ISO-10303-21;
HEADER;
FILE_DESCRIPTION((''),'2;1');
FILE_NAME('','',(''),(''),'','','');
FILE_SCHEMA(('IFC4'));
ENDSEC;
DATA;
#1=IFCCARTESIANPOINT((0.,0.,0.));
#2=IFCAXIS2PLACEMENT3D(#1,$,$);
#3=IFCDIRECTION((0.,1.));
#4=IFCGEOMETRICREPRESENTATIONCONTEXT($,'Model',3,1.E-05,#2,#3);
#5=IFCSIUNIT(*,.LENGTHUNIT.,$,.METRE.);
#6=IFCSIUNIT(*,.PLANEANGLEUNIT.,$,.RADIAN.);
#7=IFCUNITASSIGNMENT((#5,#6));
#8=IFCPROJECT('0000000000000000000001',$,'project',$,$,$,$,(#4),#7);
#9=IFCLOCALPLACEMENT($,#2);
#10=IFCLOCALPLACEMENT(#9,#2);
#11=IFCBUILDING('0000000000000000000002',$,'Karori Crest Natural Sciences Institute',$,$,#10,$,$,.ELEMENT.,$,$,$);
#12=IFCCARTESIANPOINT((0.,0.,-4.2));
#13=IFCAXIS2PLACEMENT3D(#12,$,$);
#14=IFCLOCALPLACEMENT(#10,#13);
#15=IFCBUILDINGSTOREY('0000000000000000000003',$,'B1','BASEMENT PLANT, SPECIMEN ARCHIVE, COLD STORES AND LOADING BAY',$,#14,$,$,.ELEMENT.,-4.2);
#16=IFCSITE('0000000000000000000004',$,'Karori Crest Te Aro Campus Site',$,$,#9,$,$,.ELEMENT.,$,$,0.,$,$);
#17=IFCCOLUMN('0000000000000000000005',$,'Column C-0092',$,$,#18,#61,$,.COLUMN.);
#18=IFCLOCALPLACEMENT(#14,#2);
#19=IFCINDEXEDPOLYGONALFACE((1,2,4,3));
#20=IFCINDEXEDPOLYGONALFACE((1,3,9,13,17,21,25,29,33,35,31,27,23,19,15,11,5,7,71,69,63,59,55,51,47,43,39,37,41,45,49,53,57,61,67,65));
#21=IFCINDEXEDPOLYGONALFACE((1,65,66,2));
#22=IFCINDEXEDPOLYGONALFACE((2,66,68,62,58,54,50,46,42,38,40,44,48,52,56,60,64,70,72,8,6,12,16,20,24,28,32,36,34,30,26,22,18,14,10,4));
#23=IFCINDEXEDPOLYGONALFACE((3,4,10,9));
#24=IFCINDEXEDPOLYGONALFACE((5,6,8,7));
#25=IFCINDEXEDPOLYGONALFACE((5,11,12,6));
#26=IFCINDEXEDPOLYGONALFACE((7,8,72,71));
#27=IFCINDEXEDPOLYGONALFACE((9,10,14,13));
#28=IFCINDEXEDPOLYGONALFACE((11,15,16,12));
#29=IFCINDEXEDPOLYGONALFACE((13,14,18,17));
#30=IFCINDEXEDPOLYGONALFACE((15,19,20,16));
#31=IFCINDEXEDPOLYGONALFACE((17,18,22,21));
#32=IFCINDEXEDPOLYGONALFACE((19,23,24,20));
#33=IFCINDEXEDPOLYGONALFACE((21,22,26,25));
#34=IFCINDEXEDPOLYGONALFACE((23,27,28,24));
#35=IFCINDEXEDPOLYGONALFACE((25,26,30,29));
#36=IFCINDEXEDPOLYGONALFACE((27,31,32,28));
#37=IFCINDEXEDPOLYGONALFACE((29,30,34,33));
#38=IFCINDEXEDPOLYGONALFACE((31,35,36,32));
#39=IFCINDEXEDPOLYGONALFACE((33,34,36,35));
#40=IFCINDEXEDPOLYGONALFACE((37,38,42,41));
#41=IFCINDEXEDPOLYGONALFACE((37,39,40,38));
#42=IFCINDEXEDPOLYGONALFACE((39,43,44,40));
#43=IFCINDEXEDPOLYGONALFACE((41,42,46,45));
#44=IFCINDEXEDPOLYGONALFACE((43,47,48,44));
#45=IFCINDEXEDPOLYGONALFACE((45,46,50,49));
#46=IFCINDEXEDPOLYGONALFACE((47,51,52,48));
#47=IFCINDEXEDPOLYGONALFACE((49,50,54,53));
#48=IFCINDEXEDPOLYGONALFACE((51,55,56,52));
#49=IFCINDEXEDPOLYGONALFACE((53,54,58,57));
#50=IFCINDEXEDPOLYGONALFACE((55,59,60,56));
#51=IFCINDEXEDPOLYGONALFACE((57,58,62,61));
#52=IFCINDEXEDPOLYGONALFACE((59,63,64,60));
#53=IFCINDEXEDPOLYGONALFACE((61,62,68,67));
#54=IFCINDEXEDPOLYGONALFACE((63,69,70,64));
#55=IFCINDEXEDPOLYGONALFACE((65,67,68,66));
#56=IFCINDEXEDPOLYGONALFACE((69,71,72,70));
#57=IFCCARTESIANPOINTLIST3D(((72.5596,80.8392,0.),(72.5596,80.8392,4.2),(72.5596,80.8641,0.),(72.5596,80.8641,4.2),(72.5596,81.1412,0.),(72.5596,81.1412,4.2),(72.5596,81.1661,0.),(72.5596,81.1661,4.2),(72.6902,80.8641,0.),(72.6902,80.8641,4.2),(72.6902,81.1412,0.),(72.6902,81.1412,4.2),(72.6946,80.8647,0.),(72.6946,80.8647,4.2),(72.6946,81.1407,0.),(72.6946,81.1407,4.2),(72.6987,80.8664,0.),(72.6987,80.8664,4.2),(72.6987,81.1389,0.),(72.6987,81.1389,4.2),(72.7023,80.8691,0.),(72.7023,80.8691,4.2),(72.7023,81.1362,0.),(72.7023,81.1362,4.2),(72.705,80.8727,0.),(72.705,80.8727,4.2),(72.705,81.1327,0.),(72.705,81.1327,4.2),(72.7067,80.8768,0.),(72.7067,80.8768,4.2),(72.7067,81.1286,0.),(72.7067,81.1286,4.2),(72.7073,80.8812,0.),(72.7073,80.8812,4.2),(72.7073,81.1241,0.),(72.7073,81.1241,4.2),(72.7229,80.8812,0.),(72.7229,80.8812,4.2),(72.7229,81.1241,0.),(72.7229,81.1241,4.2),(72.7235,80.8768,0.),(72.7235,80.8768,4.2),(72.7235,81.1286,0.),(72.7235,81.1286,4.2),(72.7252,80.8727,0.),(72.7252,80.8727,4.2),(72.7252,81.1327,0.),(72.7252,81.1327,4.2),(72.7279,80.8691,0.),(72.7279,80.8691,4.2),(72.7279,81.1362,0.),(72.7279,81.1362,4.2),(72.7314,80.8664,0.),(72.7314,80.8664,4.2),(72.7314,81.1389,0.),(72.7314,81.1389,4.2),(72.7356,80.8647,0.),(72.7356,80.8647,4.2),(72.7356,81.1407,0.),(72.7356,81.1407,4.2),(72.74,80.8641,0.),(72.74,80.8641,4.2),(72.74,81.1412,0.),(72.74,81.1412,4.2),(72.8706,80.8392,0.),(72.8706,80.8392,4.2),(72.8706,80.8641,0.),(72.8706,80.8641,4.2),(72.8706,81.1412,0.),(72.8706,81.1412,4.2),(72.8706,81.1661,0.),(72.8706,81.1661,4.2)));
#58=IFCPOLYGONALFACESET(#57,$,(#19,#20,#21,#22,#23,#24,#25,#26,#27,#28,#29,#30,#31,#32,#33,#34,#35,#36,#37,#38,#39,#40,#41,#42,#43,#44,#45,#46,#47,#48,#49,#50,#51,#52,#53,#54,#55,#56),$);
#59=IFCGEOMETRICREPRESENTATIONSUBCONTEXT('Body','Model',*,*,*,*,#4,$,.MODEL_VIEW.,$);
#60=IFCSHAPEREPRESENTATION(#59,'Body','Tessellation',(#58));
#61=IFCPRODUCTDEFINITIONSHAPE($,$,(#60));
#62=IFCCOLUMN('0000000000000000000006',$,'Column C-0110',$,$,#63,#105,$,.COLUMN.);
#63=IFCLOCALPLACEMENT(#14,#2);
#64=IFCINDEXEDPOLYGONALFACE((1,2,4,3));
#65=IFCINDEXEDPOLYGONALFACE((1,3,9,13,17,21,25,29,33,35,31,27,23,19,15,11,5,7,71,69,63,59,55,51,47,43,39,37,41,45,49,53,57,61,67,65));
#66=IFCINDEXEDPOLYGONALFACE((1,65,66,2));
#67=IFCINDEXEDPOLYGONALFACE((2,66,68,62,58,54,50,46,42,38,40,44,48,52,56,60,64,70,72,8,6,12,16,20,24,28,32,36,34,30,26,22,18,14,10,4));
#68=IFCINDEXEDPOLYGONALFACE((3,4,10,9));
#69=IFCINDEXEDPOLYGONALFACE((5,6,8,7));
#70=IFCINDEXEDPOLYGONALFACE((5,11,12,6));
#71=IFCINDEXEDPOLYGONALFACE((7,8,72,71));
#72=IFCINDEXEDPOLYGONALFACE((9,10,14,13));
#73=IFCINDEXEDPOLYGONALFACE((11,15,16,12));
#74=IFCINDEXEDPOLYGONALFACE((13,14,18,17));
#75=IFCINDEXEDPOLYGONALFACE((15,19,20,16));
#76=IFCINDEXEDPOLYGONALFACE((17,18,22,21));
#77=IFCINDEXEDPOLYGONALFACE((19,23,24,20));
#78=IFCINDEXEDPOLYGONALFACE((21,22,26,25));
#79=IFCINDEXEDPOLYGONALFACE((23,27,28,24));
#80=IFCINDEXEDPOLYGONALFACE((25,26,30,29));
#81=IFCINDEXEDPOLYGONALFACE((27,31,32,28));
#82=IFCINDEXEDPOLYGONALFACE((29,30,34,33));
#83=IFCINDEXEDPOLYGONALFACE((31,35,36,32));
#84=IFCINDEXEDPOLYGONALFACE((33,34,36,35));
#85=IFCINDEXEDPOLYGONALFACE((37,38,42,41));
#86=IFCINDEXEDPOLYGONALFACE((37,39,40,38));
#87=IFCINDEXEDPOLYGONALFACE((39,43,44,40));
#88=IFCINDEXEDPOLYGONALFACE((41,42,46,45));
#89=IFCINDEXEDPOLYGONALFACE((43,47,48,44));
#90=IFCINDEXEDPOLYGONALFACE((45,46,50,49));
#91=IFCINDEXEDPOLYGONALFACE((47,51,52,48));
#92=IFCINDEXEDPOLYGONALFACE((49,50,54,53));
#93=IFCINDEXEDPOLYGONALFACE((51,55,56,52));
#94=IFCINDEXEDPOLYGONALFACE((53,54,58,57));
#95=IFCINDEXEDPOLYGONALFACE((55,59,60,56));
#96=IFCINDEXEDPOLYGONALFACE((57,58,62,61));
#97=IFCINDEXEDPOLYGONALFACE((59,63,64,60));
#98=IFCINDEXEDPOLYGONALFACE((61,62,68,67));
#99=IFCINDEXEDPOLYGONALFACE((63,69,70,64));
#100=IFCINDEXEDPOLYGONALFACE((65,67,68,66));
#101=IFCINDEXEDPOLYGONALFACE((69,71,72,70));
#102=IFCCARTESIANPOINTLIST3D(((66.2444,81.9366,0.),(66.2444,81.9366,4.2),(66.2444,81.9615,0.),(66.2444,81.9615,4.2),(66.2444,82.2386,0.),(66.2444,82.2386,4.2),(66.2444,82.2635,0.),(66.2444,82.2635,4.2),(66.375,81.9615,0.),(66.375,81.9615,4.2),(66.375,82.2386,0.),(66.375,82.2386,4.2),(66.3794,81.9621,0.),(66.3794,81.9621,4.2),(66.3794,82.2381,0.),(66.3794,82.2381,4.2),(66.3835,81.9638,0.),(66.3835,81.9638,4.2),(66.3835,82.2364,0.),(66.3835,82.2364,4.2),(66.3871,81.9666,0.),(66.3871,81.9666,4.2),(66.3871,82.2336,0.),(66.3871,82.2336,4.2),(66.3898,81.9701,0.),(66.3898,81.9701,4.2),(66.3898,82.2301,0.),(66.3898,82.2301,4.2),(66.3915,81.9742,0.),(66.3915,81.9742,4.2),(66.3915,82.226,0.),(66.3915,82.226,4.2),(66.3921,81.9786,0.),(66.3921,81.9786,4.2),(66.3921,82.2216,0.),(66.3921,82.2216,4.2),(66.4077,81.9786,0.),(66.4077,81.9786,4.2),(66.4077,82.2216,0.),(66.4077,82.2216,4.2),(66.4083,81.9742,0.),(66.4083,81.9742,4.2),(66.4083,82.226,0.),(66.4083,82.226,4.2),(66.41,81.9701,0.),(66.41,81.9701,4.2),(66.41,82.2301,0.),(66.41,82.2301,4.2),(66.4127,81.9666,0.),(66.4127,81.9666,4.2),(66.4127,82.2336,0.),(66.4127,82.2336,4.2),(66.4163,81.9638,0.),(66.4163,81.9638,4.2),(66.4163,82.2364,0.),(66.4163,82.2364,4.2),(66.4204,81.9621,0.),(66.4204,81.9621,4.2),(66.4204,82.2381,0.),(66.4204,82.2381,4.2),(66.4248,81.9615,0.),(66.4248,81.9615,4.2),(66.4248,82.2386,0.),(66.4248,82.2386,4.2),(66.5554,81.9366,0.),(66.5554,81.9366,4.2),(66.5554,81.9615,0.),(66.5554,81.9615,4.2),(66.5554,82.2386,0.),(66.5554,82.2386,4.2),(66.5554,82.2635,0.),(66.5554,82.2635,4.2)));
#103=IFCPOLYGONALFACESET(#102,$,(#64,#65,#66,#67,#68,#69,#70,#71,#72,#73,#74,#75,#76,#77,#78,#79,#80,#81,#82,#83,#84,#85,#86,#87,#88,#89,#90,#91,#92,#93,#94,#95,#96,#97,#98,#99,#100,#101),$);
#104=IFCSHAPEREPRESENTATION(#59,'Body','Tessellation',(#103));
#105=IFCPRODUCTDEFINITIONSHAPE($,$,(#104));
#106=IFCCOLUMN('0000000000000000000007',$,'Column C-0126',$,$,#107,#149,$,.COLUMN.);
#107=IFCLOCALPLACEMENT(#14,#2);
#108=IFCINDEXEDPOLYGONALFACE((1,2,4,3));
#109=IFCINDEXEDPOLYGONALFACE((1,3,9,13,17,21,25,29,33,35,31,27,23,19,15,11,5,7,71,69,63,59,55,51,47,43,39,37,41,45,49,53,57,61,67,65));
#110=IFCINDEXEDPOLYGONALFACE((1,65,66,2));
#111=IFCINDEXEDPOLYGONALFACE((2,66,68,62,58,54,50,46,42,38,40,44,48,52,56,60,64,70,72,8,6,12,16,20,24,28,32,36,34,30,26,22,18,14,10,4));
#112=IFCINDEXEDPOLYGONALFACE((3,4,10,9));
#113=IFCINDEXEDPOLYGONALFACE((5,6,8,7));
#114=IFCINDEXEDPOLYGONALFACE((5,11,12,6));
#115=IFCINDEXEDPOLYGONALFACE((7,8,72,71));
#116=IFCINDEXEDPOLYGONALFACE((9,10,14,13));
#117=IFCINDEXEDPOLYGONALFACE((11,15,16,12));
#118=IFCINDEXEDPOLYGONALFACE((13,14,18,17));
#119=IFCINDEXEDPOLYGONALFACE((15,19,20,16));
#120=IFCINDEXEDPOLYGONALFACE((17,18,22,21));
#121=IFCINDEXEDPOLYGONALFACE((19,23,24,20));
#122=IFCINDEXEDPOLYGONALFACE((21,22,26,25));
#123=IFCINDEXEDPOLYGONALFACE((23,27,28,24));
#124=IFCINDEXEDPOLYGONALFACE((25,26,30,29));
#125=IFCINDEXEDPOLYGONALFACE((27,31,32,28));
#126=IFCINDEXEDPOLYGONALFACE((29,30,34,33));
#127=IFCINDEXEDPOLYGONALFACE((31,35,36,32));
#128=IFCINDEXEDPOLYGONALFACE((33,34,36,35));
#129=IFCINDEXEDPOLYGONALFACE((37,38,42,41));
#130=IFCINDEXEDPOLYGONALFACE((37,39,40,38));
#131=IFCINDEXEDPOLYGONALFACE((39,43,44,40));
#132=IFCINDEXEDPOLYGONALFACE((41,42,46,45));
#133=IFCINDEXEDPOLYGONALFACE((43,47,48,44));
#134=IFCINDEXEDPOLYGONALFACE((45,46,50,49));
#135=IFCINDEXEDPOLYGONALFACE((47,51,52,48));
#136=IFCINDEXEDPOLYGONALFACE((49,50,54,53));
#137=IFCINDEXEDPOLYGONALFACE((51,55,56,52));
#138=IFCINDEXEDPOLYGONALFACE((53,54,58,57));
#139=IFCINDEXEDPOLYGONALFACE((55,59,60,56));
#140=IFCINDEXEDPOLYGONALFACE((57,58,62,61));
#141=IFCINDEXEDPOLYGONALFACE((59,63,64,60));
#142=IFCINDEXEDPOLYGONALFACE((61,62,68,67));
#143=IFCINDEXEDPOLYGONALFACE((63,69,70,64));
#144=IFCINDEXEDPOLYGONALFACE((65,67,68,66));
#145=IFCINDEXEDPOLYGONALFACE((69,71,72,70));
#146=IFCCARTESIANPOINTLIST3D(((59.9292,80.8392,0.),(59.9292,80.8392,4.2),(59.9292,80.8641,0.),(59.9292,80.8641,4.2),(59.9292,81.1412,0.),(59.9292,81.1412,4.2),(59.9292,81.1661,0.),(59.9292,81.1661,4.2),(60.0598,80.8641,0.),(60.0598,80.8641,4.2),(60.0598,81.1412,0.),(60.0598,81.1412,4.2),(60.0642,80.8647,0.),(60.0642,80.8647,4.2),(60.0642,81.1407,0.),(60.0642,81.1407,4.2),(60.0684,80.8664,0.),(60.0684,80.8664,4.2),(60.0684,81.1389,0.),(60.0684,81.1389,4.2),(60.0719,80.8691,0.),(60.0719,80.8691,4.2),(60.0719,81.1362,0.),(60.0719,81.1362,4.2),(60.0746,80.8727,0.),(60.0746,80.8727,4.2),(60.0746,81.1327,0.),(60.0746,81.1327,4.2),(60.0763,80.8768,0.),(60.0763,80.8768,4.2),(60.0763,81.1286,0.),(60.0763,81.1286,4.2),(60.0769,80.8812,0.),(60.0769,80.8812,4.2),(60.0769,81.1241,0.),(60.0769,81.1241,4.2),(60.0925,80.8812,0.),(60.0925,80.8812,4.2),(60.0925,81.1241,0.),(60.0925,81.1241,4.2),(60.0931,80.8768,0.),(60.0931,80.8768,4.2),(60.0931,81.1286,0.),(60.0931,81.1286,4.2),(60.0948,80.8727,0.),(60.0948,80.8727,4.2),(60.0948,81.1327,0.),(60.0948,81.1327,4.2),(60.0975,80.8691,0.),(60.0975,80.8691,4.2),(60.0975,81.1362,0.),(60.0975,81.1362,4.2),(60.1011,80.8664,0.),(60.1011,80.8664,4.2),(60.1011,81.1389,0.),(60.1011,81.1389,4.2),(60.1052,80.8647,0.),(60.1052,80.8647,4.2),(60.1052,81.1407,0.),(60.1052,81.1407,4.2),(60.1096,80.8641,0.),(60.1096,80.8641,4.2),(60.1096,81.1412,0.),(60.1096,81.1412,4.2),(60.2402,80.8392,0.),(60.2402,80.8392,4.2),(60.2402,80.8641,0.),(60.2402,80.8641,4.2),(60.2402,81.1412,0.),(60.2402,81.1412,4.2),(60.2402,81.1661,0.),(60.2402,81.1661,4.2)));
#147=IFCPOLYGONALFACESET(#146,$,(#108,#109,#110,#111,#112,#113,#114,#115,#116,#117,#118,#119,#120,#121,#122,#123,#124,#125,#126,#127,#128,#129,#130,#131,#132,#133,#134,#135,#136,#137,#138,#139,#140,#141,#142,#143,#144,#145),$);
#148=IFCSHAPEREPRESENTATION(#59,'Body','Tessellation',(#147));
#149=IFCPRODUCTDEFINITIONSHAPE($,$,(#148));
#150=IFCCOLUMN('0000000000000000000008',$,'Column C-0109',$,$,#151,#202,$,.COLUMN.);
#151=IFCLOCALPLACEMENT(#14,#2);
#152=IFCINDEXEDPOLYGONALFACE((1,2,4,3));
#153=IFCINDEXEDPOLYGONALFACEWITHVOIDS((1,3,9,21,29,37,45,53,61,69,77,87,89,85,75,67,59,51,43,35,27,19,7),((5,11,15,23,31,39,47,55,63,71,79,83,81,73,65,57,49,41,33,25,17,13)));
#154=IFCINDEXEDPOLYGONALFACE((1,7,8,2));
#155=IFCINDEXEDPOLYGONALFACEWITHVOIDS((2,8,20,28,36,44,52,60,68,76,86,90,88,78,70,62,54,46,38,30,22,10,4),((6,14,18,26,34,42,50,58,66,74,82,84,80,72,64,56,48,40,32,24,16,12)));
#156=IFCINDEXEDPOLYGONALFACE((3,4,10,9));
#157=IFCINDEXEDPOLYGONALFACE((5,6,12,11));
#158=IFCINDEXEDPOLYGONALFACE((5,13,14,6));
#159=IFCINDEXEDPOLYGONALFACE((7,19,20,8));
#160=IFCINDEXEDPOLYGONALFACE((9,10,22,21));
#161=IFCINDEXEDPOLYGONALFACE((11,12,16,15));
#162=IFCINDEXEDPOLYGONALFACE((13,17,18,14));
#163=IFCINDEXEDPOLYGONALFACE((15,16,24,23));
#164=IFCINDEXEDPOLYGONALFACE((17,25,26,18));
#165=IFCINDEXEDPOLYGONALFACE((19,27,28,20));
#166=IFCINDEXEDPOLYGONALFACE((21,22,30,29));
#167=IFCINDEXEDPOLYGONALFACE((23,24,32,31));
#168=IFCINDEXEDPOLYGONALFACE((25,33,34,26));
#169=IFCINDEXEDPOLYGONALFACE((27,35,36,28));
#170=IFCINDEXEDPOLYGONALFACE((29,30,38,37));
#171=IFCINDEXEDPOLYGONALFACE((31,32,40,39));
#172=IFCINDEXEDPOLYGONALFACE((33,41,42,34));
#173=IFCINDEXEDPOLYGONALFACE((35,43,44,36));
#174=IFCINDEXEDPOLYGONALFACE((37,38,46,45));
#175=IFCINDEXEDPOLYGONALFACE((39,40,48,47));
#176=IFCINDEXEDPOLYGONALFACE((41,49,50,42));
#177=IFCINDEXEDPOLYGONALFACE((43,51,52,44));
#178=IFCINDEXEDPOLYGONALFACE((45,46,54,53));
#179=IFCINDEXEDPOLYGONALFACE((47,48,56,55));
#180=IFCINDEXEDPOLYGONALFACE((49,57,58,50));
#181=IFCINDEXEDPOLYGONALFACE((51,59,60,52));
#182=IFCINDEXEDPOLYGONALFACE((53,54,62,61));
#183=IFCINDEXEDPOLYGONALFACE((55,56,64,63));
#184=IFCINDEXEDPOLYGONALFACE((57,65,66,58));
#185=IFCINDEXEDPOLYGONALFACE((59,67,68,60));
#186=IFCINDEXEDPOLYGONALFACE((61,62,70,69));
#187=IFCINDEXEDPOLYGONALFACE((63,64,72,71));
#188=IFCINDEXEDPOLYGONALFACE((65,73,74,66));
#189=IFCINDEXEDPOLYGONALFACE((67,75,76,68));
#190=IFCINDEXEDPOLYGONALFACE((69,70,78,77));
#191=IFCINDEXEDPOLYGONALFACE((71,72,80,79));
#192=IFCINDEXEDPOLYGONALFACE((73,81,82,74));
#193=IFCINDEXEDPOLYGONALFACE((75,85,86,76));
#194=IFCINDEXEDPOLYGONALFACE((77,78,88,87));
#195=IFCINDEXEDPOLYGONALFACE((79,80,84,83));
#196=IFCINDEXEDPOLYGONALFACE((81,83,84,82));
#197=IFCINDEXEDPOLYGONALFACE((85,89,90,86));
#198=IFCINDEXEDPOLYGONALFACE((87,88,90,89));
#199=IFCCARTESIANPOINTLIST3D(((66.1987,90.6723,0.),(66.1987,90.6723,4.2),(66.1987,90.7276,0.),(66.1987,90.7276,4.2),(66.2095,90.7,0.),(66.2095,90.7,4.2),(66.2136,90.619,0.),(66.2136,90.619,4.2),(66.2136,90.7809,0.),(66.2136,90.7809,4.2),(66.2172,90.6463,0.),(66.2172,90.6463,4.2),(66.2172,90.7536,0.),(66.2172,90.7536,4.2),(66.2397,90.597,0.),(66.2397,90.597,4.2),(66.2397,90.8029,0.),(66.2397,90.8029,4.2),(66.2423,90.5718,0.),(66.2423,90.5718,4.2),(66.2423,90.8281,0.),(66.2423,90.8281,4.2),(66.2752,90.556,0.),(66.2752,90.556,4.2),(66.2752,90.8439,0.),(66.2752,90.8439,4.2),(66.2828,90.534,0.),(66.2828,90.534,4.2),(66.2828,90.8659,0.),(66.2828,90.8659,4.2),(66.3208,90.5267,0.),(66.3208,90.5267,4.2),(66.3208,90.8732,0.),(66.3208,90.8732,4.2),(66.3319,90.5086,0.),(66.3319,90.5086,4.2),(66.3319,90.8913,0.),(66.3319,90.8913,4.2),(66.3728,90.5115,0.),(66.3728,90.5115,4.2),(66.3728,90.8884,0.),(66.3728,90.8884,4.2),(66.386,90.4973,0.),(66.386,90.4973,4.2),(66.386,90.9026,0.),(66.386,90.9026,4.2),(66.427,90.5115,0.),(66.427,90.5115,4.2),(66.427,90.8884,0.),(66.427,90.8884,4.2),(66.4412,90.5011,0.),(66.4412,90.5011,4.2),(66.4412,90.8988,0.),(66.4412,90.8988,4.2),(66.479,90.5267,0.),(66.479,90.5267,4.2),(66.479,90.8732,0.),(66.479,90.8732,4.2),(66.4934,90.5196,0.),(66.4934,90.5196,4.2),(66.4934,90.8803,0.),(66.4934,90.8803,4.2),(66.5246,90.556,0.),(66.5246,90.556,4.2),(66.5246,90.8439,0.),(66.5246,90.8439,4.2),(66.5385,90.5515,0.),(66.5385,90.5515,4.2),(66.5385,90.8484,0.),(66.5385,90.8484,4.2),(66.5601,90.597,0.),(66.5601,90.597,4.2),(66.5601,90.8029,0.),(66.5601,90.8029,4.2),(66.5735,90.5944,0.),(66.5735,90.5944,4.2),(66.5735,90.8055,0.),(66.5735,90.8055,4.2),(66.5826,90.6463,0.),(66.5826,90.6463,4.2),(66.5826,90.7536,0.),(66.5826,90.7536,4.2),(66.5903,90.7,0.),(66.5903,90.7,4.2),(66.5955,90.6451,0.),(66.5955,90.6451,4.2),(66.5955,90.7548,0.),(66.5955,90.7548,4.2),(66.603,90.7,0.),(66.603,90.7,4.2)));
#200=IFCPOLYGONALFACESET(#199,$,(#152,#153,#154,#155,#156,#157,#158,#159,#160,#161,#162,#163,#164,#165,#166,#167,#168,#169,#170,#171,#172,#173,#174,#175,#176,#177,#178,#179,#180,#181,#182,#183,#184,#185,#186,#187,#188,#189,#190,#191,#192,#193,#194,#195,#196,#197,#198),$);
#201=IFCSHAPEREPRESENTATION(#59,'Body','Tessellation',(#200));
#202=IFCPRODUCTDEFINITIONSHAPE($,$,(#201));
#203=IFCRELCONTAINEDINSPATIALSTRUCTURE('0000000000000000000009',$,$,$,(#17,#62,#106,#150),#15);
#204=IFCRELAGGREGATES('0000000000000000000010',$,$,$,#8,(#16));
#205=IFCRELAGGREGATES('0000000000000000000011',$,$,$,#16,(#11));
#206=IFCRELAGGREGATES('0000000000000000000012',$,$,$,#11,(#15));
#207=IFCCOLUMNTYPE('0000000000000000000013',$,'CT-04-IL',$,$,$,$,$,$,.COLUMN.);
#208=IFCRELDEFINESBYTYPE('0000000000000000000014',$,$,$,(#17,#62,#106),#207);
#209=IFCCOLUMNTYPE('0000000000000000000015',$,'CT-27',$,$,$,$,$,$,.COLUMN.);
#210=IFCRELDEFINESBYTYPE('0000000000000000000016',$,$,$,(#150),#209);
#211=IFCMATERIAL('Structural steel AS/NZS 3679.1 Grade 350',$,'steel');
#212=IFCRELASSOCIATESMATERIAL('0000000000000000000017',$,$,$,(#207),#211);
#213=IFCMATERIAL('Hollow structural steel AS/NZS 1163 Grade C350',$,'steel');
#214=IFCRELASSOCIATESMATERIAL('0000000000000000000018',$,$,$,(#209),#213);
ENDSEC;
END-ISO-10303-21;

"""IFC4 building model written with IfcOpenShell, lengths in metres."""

from ifc_helpers import new_model, si_unit, direction, frame, origin, origin_2d, place, context, subcontext, project, spatial, hollow_circle, i_section, extrude, material, material_profile, profile_set, type_object, element, save


model = new_model("IFC4")

# Units and contexts
model_context = context("Model", 3, precision=1e-05, world=origin(), true_north=direction((0.0, 1.0)))
body_context = subcontext(model_context, "Body", "Model", "MODEL_VIEW")
ifc_project = project(units=[si_unit("LENGTHUNIT", "METRE"), si_unit("PLANEANGLEUNIT", "RADIAN")], contexts=[model_context])

# Site, building, storey
site_placement = place(None, origin())
site = spatial("IfcSite", under=ifc_project, at=site_placement, Name="Karori Crest Te Aro Campus Site", CompositionType="ELEMENT", RefElevation=0.0)
building_placement = place(site_placement, origin())
building = spatial("IfcBuilding", under=site, at=building_placement, Name="Karori Crest Natural Sciences Institute", CompositionType="ELEMENT")
storey_placement = place(building_placement, frame((0.0, 0.0, -4.2)))
storey = spatial("IfcBuildingStorey", under=building, at=storey_placement, Name="B1", Description="BASEMENT PLANT, SPECIMEN ARCHIVE, COLD STORES AND LOADING BAY", CompositionType="ELEMENT", Elevation=-4.2)

# Columns
ifc_material_1 = material(Name="Structural steel AS/NZS 3679.1 Grade 350", Category="steel")
ifc_material_profile_1 = material_profile(ifc_material_1, i_section(OverallWidth=0.311, OverallDepth=0.3269, WebThickness=0.0156, FlangeThickness=0.0249, FilletRadius=0.0171, at=origin_2d()), Name="310UC158")
ifc_profile_set_1 = profile_set([ifc_material_profile_1], Name="Structural steel AS/NZS 3679.1 Grade 350")
column_type_1 = type_object("IfcColumnType", Name="CT-04-IL", PredefinedType="COLUMN", material=ifc_profile_set_1)
for number, where, z_axis, x_axis, name in (
    (1, (72.7151, 81.0027, 0.0), (0.0, 0.0, 1.0), (1.0, 0.0, 0.0), "Column C-0092"),
    (2, (66.3999, 82.1001, 0.0), (0.0, 0.0, 1.0), (1.0, 0.0, 0.0), "Column C-0110"),
    (3, (60.0847, 81.0027, 0.0), (0.0, 0.0, 1.0), (1.0, 0.0, 0.0), "Column C-0126"),
):
    element("IfcColumn", number, at=place(storey_placement, frame(where, z_axis=z_axis, x_axis=x_axis)), inside=storey, type_object=column_type_1, Name=name, PredefinedType="COLUMN", context=body_context, shape_type="SweptSolid", body=[
        extrude(i_section(OverallWidth=0.311, OverallDepth=0.3269, WebThickness=0.0156, FlangeThickness=0.0249, FilletRadius=0.0171, at=origin_2d()), origin(), (0.0, 0.0, 1.0), 4.2),
    ])
ifc_material_2 = material(Name="Hollow structural steel AS/NZS 1163 Grade C350", Category="steel")
ifc_material_profile_2 = material_profile(ifc_material_2, hollow_circle(Radius=0.2031, WallThickness=0.0127, at=origin_2d()), Name="CHS406.4x12.7")
ifc_profile_set_2 = profile_set([ifc_material_profile_2], Name="Hollow structural steel AS/NZS 1163 Grade C350")
column_type_2 = type_object("IfcColumnType", Name="CT-27", PredefinedType="COLUMN", material=ifc_profile_set_2)
column_placement = place(storey_placement, frame((66.3999, 90.7, 0.0), z_axis=(0.0, 0.0, 1.0), x_axis=(1.0, 0.0, 0.0)))
element("IfcColumn", 4, at=column_placement, inside=storey, type_object=column_type_2, Name="Column C-0109", PredefinedType="COLUMN", context=body_context, shape_type="SweptSolid", body=[
    extrude(hollow_circle(Radius=0.2031, WallThickness=0.0127, at=origin_2d()), origin(), (0.0, 0.0, 1.0), 4.2),
])

save(model, "model.ifc")
